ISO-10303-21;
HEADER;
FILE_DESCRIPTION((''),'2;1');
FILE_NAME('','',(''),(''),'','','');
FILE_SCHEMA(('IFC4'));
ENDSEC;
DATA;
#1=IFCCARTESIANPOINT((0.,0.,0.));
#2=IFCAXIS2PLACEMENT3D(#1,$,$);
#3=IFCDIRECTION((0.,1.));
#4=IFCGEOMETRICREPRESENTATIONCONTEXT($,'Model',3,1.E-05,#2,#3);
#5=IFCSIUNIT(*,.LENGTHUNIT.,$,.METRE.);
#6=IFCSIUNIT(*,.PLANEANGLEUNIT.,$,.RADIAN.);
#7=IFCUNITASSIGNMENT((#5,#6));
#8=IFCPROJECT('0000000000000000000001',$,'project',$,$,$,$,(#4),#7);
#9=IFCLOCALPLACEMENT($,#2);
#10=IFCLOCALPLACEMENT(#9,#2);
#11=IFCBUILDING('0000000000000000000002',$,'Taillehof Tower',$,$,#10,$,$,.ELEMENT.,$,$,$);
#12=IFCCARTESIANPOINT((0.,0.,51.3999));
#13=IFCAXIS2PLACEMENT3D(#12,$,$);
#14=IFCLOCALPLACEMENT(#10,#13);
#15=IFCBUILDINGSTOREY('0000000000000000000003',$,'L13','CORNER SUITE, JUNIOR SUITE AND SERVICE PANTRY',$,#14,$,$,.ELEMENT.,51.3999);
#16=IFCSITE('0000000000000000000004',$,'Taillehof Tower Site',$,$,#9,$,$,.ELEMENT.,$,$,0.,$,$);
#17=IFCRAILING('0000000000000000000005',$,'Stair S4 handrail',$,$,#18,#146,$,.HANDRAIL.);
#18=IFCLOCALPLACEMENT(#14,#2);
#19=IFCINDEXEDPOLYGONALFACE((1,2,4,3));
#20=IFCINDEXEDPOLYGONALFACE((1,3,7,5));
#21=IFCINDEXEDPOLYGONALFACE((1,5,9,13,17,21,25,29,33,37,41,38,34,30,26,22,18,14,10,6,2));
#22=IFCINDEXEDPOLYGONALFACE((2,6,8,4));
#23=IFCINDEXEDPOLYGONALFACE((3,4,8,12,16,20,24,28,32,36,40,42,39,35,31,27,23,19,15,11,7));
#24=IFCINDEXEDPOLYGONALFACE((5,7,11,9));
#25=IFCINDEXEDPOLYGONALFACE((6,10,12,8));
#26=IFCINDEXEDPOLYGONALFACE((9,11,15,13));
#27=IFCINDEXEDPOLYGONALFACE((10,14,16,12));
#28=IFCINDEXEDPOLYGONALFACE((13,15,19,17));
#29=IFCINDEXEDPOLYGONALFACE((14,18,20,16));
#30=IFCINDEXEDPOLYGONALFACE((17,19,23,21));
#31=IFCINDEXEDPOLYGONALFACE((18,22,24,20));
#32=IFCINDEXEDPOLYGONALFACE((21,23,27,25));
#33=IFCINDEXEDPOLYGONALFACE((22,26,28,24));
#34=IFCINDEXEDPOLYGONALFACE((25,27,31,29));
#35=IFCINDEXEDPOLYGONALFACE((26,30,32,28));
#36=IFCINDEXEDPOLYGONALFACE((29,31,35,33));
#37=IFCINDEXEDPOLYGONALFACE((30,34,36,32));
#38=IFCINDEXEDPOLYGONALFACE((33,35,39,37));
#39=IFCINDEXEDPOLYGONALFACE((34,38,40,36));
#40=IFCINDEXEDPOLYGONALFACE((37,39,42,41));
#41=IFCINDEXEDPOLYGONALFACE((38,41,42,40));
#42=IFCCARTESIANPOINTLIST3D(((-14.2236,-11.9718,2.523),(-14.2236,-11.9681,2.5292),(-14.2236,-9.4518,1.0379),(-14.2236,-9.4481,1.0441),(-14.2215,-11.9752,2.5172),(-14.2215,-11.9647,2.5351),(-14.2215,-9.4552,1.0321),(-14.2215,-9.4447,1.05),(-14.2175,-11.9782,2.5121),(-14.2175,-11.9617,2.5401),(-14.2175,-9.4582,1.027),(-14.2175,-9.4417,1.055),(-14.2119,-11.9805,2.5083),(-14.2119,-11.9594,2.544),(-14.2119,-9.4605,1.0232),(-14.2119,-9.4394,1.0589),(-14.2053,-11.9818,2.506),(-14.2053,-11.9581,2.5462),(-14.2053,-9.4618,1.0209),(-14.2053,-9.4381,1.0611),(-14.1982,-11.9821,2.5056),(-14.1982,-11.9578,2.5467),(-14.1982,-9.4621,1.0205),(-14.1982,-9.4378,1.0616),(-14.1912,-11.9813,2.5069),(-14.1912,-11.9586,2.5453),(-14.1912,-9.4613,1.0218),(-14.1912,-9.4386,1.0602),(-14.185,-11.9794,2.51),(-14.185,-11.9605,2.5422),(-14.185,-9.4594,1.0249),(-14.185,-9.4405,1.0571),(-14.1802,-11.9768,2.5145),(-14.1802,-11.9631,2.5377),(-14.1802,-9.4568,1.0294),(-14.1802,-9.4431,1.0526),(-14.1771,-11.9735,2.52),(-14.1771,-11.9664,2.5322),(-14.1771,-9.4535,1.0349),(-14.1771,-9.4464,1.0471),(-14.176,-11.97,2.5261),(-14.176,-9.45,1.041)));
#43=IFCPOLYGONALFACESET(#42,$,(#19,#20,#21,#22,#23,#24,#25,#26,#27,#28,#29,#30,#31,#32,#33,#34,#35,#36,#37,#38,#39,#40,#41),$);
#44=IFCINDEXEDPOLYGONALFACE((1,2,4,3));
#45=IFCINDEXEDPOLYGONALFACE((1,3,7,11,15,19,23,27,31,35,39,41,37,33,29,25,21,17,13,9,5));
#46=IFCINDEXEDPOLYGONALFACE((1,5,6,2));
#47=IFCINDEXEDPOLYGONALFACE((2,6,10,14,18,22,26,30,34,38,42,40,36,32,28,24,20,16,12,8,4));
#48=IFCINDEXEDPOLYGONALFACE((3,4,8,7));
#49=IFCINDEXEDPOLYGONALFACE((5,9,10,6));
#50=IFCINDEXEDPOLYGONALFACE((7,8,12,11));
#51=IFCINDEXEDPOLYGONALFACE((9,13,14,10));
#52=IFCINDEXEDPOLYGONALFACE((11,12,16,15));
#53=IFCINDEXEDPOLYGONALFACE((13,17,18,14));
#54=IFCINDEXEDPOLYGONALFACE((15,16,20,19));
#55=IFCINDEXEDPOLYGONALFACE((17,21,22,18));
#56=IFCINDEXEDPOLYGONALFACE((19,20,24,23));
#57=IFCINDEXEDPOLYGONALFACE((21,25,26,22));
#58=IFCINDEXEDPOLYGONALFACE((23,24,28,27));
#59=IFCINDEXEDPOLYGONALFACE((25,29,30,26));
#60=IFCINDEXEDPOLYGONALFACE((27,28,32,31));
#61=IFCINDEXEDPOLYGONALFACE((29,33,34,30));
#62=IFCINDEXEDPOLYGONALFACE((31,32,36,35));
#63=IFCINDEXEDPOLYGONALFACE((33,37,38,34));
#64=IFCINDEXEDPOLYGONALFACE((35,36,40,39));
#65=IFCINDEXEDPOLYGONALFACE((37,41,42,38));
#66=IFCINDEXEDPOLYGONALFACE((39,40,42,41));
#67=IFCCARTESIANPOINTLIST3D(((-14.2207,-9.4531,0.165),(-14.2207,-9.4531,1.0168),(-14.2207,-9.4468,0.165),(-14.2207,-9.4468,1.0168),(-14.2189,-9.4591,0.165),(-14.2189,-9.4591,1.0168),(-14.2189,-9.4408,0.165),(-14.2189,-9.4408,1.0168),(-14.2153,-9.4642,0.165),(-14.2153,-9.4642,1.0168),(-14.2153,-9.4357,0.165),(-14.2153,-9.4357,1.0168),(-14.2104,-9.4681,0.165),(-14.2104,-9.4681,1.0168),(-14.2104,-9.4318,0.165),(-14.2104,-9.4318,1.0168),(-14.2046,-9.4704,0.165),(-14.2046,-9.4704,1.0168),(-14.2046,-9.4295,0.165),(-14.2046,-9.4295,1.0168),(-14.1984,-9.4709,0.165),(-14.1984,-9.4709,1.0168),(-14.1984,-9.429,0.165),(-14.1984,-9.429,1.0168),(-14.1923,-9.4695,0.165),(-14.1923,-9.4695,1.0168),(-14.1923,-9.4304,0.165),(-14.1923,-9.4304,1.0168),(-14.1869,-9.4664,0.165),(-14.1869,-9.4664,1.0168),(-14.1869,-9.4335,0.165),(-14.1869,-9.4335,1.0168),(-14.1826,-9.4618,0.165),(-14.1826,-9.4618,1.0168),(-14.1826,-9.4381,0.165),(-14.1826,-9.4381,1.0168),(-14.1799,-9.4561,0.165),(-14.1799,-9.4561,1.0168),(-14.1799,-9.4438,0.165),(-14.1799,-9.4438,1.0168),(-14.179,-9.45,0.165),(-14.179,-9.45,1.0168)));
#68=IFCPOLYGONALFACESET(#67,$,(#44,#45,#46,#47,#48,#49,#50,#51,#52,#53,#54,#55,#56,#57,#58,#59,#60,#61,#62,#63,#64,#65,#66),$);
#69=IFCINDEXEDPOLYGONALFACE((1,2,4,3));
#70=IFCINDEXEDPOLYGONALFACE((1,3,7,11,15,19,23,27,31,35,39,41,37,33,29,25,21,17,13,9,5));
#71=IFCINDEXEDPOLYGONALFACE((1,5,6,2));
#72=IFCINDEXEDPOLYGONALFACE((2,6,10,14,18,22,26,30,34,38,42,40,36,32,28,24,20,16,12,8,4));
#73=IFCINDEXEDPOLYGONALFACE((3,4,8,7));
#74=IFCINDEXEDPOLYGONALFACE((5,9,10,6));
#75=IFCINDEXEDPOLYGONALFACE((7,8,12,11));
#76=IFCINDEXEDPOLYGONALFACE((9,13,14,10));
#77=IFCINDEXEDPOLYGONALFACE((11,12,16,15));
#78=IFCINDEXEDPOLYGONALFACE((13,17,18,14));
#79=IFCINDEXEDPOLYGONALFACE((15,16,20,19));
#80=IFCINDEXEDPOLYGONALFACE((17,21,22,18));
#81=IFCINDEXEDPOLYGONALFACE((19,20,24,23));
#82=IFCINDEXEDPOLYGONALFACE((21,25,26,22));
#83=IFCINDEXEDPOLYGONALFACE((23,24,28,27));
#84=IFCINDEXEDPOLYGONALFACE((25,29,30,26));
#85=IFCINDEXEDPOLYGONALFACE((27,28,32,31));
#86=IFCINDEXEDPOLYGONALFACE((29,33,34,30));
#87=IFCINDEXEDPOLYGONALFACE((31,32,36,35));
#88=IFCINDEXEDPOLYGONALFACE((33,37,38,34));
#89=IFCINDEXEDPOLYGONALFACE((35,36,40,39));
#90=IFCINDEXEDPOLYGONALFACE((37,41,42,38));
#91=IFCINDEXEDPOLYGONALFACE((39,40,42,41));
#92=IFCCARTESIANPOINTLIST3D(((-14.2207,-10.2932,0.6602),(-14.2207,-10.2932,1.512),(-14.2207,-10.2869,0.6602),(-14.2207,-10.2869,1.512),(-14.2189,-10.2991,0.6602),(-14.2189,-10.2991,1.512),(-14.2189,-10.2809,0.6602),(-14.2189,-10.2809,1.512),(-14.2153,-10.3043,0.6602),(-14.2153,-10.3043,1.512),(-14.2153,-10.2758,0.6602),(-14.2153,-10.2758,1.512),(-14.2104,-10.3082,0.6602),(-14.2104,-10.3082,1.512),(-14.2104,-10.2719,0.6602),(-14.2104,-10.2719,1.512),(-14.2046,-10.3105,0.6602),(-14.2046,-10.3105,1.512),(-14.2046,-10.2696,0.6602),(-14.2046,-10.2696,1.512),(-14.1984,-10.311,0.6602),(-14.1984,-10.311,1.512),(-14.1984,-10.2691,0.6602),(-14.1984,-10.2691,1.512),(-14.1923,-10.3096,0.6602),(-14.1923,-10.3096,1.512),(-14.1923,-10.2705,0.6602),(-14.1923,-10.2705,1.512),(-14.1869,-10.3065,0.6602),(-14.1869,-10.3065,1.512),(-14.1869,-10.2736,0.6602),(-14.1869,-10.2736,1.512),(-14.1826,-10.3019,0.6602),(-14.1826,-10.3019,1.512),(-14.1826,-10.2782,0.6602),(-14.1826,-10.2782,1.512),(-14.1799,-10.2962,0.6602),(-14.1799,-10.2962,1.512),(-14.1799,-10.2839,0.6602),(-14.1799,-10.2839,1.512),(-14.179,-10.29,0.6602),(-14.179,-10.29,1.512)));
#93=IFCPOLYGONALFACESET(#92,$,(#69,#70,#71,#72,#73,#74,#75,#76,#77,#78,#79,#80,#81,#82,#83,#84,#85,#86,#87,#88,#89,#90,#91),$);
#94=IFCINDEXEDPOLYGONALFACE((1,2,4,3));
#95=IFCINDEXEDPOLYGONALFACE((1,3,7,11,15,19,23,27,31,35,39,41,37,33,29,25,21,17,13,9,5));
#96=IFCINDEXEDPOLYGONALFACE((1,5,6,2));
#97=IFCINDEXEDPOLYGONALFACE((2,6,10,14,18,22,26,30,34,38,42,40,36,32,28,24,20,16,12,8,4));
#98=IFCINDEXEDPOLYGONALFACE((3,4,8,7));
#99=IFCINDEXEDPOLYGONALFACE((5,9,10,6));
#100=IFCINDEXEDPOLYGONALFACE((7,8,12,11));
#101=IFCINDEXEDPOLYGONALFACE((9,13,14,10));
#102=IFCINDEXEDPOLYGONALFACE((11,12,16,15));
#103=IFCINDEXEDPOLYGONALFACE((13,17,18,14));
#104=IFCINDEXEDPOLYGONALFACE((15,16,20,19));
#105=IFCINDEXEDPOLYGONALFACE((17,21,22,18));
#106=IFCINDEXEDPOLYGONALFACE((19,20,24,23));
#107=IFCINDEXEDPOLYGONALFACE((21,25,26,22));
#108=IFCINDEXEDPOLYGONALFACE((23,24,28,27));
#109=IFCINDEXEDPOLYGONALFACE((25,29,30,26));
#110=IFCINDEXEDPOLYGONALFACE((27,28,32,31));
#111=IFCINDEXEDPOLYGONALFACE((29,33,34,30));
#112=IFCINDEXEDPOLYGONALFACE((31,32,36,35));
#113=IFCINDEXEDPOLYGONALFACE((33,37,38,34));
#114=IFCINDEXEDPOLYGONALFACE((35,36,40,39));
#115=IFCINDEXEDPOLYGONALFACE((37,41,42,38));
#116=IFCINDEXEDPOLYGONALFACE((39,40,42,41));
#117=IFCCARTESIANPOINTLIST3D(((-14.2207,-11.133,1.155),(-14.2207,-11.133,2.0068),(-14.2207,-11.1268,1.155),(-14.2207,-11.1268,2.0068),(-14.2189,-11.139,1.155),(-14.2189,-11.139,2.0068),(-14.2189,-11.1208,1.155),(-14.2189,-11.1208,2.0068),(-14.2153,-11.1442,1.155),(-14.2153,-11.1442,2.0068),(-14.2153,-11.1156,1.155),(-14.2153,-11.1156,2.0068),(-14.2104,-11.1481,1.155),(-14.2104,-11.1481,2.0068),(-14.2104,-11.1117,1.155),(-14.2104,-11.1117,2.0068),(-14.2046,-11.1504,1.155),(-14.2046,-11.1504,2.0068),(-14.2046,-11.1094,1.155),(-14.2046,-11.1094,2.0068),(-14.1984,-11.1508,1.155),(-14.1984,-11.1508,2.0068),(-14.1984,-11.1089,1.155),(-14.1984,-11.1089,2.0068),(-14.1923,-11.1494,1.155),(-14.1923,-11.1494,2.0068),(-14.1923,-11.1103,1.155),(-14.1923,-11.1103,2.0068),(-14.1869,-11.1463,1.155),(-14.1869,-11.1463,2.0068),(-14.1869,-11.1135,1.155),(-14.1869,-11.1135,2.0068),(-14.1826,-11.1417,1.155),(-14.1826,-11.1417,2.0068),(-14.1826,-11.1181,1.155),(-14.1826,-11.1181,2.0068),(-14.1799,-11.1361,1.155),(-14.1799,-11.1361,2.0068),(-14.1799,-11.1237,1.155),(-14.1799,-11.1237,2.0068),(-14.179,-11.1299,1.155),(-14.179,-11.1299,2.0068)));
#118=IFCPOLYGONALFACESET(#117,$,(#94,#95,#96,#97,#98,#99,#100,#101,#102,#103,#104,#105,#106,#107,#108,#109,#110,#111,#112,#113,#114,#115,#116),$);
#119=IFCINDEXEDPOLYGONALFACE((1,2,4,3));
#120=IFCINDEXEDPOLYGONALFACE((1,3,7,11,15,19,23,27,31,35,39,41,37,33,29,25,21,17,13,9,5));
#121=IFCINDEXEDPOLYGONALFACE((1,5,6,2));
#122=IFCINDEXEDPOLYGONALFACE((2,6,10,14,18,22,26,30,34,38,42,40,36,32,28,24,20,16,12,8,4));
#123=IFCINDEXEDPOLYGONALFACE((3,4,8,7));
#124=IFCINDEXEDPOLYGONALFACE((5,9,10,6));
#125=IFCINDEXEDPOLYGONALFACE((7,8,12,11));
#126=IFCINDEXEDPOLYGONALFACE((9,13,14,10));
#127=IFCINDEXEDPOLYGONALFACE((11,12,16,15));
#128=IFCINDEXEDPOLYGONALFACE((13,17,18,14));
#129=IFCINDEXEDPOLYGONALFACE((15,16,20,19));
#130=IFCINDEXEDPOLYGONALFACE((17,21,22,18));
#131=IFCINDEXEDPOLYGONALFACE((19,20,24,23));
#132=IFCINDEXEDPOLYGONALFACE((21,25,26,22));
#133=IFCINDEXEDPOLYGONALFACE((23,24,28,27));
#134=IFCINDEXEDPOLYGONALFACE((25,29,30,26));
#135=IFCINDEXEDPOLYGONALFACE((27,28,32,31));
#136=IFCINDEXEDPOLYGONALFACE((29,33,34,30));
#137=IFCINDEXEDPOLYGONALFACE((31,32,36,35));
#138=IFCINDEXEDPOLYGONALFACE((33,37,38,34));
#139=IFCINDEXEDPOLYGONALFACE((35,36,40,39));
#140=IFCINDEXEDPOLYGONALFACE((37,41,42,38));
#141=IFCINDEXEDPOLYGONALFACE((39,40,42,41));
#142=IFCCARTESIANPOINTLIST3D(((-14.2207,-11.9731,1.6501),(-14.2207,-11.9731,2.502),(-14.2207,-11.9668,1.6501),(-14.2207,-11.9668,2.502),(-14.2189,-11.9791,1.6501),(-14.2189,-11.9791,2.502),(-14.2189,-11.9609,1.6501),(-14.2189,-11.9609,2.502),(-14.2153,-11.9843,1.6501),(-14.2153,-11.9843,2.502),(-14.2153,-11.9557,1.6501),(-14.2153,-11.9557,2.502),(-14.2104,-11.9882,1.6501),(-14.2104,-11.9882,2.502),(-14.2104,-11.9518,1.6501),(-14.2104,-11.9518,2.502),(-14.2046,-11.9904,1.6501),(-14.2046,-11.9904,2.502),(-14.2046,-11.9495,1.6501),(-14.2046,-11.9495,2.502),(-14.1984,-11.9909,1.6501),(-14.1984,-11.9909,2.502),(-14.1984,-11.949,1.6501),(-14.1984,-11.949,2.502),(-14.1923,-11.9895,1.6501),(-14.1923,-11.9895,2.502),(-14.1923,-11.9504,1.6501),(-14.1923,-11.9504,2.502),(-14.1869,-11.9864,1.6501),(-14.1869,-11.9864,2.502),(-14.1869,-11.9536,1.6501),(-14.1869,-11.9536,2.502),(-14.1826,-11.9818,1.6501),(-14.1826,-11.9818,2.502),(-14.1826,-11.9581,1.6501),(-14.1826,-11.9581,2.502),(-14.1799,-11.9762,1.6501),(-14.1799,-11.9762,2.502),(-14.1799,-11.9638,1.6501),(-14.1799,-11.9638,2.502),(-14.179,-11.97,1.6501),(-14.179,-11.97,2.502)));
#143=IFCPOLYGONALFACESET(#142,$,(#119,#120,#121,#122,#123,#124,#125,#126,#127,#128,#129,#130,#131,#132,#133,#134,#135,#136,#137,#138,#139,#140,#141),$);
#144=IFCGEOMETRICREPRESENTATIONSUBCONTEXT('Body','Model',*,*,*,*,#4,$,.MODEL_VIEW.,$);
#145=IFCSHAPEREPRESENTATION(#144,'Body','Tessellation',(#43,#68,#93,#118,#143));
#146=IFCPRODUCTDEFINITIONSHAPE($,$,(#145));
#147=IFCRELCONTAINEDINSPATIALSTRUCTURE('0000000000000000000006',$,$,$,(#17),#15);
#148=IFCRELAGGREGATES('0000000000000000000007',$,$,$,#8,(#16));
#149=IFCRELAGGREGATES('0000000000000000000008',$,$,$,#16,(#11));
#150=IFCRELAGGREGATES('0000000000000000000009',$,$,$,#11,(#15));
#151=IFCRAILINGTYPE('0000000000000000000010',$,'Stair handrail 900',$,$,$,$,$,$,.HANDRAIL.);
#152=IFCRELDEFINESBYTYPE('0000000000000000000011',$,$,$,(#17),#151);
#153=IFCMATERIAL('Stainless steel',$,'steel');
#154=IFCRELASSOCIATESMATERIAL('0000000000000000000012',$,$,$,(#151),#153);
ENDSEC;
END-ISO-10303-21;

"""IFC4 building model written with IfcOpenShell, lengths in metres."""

from ifc_helpers import new_model, si_unit, direction, frame, origin, origin_2d, place, context, subcontext, project, spatial, circle, extrude, material, type_object, element, save


model = new_model("IFC4")

# Units and contexts
model_context = context("Model", 3, precision=1e-05, world=origin(), true_north=direction((0.0, 1.0)))
body_context = subcontext(model_context, "Body", "Model", "MODEL_VIEW")
ifc_project = project(units=[si_unit("LENGTHUNIT", "METRE"), si_unit("PLANEANGLEUNIT", "RADIAN")], contexts=[model_context])

# Site, building, storey
site_placement = place(None, origin())
site = spatial("IfcSite", under=ifc_project, at=site_placement, Name="Taillehof Tower Site", CompositionType="ELEMENT", RefElevation=0.0)
building_placement = place(site_placement, origin())
building = spatial("IfcBuilding", under=site, at=building_placement, Name="Taillehof Tower", CompositionType="ELEMENT")
storey_placement = place(building_placement, frame((0.0, 0.0, 51.3999)))
storey = spatial("IfcBuildingStorey", under=building, at=storey_placement, Name="L13", Description="CORNER SUITE, JUNIOR SUITE AND SERVICE PANTRY", CompositionType="ELEMENT", Elevation=51.3999)

# Railing
ifc_material_1 = material(Name="Stainless steel", Category="steel")
railing_type_1 = type_object("IfcRailingType", Name="Stair handrail 900", PredefinedType="HANDRAIL", material=ifc_material_1)
railing_1_placement = place(storey_placement, frame((-14.2, -9.45, 0.165)))
element("IfcRailing", 1, at=railing_1_placement, inside=storey, type_object=railing_type_1, Name="Stair S4 handrail", PredefinedType="HANDRAIL", context=body_context, shape_type="SweptSolid", body=[
    extrude(circle(Radius=0.0239, at=origin_2d()), frame((0.0, 0.0, 0.876), z_axis=(0.0, -0.861524, 0.507717), x_axis=(1.0, 0.0, 0.0)), (0.0, 0.0, 1.0), 2.925),
    extrude(circle(Radius=0.021, at=origin_2d()), origin(), (0.0, 0.0, 1.0), 0.8518),
    extrude(circle(Radius=0.021, at=origin_2d()), frame((0.0, -0.8401, 0.4951)), (0.0, 0.0, 1.0), 0.8518),
    extrude(circle(Radius=0.021, at=origin_2d()), frame((0.0, -1.6799, 0.99)), (0.0, 0.0, 1.0), 0.8518),
    extrude(circle(Radius=0.021, at=origin_2d()), frame((0.0, -2.52, 1.4851)), (0.0, 0.0, 1.0), 0.8518),
])

save(model, "model.ifc")
